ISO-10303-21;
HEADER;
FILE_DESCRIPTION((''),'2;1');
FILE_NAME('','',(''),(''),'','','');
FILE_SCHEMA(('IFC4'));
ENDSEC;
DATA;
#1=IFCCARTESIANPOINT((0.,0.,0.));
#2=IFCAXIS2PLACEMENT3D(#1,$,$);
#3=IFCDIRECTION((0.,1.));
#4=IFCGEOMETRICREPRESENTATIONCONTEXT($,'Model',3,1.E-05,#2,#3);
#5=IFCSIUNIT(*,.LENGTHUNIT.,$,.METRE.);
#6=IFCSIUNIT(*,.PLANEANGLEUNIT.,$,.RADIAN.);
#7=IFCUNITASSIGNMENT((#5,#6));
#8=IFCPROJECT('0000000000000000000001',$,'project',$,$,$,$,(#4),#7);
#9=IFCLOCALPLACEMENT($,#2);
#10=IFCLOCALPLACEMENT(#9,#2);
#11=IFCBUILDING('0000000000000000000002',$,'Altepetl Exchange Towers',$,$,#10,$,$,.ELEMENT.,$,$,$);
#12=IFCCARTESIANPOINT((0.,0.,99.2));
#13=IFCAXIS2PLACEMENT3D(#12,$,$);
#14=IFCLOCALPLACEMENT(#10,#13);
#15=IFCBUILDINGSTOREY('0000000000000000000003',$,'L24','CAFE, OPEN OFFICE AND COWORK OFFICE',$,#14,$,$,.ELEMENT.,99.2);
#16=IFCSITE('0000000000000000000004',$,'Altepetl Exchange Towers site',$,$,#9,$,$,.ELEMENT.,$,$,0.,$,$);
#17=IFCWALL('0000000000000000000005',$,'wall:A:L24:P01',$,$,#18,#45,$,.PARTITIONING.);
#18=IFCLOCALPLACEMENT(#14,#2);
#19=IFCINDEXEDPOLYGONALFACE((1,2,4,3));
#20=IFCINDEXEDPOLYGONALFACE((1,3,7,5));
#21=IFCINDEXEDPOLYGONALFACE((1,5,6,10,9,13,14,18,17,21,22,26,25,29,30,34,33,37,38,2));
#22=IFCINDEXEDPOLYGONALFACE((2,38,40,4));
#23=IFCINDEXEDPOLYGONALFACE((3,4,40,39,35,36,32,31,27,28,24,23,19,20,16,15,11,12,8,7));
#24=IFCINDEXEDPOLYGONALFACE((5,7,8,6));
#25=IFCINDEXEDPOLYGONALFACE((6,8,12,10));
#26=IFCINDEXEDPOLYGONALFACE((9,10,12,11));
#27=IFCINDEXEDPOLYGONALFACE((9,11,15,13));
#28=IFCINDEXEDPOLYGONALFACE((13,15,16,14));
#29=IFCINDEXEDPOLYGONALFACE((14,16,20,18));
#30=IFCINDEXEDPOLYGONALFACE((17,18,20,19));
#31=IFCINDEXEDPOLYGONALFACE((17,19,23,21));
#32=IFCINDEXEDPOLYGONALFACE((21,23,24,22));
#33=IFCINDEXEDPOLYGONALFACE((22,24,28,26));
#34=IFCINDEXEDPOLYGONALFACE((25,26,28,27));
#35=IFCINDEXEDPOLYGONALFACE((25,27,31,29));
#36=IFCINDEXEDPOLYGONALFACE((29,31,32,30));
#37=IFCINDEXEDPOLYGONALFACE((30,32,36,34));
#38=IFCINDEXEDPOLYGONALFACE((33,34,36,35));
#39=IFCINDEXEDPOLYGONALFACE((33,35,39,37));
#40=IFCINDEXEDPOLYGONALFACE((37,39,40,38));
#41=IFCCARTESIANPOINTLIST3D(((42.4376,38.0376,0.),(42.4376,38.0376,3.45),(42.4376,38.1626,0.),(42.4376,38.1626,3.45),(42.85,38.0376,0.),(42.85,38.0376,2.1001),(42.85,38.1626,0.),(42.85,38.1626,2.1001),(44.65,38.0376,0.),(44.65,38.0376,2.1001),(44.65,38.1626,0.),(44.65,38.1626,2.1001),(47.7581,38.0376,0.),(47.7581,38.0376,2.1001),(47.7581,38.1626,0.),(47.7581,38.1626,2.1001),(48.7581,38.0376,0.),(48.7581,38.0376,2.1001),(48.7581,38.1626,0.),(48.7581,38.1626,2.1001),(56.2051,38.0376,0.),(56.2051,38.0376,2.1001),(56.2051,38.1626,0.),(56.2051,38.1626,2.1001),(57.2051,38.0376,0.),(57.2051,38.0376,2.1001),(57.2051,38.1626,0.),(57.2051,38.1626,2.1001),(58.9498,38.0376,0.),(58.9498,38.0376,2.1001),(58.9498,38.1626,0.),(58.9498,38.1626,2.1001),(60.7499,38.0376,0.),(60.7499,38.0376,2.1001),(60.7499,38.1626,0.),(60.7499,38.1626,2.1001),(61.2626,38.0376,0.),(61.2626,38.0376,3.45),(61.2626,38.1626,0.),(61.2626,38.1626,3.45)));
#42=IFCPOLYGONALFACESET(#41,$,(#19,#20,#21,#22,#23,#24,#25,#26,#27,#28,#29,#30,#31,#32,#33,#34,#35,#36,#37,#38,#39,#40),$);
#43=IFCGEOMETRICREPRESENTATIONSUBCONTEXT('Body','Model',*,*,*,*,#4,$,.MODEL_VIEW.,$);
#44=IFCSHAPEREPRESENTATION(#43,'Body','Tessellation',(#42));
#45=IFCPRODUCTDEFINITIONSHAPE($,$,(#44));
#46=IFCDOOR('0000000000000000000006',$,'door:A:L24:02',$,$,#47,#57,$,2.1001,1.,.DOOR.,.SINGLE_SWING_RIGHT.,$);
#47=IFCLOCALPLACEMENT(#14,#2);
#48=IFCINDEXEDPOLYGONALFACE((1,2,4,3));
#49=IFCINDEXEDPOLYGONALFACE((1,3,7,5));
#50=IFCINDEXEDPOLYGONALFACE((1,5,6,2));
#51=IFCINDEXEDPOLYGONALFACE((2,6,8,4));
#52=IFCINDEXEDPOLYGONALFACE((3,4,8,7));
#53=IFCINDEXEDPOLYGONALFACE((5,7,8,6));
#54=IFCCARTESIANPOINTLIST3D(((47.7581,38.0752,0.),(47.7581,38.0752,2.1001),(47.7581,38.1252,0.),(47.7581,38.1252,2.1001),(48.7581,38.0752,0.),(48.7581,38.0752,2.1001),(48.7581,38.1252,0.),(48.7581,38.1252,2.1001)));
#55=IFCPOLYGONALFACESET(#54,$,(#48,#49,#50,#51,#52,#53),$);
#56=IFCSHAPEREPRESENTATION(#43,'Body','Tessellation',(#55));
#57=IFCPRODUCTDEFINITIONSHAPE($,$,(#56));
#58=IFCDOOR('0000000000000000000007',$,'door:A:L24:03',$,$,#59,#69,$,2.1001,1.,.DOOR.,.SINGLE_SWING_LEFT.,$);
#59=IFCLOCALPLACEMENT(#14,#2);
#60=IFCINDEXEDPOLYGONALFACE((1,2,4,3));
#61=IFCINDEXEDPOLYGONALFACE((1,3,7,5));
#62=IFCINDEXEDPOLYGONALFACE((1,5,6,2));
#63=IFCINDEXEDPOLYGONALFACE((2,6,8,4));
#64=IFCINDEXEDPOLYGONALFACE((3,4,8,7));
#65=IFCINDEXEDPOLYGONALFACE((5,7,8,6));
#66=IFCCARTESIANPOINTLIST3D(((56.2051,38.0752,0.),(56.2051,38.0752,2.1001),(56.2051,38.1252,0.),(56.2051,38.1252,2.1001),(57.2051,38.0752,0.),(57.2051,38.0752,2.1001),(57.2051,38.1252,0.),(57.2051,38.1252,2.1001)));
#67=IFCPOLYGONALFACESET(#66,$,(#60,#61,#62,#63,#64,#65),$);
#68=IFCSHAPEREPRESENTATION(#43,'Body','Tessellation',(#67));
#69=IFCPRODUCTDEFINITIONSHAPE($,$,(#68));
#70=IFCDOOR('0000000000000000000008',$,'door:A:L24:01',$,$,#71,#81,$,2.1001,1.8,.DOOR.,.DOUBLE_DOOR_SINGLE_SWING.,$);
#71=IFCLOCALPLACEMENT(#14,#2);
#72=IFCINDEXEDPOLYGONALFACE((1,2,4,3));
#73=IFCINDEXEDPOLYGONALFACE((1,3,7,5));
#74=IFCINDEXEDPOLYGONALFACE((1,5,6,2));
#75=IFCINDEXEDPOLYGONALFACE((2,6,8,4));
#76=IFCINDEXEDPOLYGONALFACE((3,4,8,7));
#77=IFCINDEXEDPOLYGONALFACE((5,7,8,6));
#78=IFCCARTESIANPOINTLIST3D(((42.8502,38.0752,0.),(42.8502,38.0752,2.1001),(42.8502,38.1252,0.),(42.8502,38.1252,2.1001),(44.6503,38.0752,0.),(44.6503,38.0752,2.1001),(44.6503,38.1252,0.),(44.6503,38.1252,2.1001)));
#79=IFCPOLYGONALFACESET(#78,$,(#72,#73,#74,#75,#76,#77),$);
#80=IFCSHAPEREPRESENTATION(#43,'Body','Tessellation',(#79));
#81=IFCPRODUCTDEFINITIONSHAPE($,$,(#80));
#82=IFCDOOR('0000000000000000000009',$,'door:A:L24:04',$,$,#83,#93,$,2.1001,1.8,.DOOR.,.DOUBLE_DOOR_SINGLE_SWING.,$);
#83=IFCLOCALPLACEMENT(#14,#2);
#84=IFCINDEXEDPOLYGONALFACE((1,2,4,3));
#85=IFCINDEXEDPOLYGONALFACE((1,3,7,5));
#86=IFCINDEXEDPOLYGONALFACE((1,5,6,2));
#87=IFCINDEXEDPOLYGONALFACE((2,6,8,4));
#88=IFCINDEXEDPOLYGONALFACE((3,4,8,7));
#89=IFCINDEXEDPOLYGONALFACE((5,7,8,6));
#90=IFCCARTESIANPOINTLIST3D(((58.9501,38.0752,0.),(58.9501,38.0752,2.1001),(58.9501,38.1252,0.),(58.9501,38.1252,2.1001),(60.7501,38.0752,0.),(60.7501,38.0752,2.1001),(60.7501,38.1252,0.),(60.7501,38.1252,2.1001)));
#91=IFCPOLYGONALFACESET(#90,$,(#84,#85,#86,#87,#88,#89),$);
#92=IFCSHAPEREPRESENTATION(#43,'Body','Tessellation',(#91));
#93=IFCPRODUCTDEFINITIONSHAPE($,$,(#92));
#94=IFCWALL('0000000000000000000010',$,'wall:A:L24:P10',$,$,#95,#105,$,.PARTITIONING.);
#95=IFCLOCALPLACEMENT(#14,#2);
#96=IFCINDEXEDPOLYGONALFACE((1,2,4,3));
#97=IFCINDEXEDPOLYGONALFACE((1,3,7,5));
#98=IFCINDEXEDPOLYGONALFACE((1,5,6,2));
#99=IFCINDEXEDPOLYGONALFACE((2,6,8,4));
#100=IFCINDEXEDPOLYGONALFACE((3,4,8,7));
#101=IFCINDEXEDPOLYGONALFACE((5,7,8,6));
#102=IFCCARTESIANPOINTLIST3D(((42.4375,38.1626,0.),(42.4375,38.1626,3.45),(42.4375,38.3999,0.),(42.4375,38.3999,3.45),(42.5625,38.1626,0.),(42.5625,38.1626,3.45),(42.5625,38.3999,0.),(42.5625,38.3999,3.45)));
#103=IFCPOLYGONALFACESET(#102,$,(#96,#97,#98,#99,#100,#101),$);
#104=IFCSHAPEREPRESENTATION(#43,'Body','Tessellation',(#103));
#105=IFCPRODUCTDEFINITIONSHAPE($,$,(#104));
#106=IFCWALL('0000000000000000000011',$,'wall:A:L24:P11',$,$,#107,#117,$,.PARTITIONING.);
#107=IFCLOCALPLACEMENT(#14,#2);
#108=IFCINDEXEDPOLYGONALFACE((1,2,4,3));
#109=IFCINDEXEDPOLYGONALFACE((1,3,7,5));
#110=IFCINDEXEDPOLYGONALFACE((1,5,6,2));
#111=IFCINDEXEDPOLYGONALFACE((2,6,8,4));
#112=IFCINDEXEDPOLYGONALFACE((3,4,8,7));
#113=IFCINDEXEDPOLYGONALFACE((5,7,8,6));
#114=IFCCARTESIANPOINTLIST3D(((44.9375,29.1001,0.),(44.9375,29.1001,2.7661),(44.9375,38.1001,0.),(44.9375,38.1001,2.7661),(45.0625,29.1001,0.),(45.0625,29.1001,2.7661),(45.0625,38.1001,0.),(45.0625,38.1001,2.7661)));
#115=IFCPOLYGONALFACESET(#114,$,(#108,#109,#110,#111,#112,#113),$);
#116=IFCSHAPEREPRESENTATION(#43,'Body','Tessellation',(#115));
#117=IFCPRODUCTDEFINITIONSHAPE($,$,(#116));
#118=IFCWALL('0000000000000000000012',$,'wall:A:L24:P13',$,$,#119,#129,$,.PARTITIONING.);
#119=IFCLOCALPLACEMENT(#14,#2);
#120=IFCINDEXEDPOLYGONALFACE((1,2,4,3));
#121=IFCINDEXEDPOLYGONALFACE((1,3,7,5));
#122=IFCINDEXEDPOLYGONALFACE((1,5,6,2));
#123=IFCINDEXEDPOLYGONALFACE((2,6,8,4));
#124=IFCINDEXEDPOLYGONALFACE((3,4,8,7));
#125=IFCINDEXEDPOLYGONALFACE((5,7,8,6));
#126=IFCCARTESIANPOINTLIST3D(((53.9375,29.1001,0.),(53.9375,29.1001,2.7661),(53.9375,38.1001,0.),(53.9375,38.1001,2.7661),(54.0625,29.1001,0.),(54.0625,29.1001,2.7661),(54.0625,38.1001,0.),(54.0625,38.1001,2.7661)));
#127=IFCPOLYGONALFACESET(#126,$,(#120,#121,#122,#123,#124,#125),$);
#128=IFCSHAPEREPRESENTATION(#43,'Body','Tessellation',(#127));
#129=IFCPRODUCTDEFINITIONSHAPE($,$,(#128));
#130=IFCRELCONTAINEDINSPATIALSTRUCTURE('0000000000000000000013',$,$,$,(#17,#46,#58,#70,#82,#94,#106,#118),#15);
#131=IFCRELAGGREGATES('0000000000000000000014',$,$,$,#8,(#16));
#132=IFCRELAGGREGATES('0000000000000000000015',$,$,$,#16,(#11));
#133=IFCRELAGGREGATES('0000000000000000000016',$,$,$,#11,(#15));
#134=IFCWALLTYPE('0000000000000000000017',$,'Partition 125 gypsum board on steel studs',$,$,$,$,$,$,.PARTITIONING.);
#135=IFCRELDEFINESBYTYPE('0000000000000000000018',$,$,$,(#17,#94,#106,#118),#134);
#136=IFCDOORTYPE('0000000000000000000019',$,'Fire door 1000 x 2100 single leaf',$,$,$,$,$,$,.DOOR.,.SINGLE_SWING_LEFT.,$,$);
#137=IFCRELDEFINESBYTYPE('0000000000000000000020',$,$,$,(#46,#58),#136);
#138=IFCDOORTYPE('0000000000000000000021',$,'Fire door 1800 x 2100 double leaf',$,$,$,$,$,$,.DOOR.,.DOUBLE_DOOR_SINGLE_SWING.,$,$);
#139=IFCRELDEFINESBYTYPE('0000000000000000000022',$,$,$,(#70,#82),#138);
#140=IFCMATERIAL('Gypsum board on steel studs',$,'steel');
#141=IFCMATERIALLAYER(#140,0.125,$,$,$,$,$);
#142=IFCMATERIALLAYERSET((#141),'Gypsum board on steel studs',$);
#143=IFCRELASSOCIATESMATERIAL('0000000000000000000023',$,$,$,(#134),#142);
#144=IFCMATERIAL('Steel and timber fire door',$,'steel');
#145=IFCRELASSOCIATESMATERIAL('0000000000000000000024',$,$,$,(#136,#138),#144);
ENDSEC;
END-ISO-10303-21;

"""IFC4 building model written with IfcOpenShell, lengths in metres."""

from ifc_helpers import new_model, si_unit, direction, frame, frame_2d, origin, place, context, subcontext, project, spatial, rectangle, extrude, material, layer, layer_set, type_object, element, fill, save


model = new_model("IFC4")

# Units and contexts
model_context = context("Model", 3, precision=1e-05, world=origin(), true_north=direction((0.0, 1.0)))
body_context = subcontext(model_context, "Body", "Model", "MODEL_VIEW")
ifc_project = project(units=[si_unit("LENGTHUNIT", "METRE"), si_unit("PLANEANGLEUNIT", "RADIAN")], contexts=[model_context])

# Site, building, storey
site_placement = place(None, origin())
site = spatial("IfcSite", under=ifc_project, at=site_placement, Name="Altepetl Exchange Towers site", CompositionType="ELEMENT", RefElevation=0.0)
building_placement = place(site_placement, origin())
building = spatial("IfcBuilding", under=site, at=building_placement, Name="Altepetl Exchange Towers", CompositionType="ELEMENT")
storey_placement = place(building_placement, frame((0.0, 0.0, 99.2)))
storey = spatial("IfcBuildingStorey", under=building, at=storey_placement, Name="L24", Description="CAFE, OPEN OFFICE AND COWORK OFFICE", CompositionType="ELEMENT", Elevation=99.2)

# Wall, openings, doors
ifc_material_1 = material(Name="Gypsum board on steel studs", Category="steel")
ifc_layer_1 = layer(ifc_material_1, 0.125)
ifc_layer_set_1 = layer_set([ifc_layer_1], Name="Gypsum board on steel studs")
wall_type_1 = type_object("IfcWallType", Name="Partition 125 gypsum board on steel studs", PredefinedType="PARTITIONING", material=ifc_layer_set_1)
wall_1_placement = place(storey_placement, frame((42.4375, 38.1001, 0.0)))
wall_1 = element("IfcWall", 1, at=wall_1_placement, inside=storey, type_object=wall_type_1, Name="wall:A:L24:P01", PredefinedType="PARTITIONING", context=body_context, shape_type="SweptSolid", body=[
    extrude(rectangle(XDim=18.825, YDim=0.125, at=frame_2d((9.4126, 0.0))), origin(), (0.0, 0.0, 1.0), 3.45),
])
opening_1_placement = place(wall_1_placement, frame((0.4126, 0.0, 0.0)))
opening_1 = element("IfcOpeningElement", 2, at=opening_1_placement, cuts=wall_1, PredefinedType="OPENING", context=body_context, shape_type="SweptSolid", body=[
    extrude(rectangle(XDim=1.8, YDim=2.1001, at=frame_2d((0.8999, 1.05))), frame((0.0, 0.0725, 0.0), z_axis=(0.0, -1.0, 0.0), x_axis=(1.0, 0.0, 0.0)), (0.0, 0.0, 1.0), 0.145),
])
opening_2_placement = place(wall_1_placement, frame((5.3206, 0.0, 0.0)))
opening_2 = element("IfcOpeningElement", 3, at=opening_2_placement, cuts=wall_1, PredefinedType="OPENING", context=body_context, shape_type="SweptSolid", body=[
    extrude(rectangle(XDim=1.0, YDim=2.1001, at=frame_2d((0.5, 1.05))), frame((0.0, 0.0725, 0.0), z_axis=(0.0, -1.0, 0.0), x_axis=(1.0, 0.0, 0.0)), (0.0, 0.0, 1.0), 0.145),
])
opening_3_placement = place(wall_1_placement, frame((13.7676, 0.0, 0.0)))
opening_3 = element("IfcOpeningElement", 4, at=opening_3_placement, cuts=wall_1, PredefinedType="OPENING", context=body_context, shape_type="SweptSolid", body=[
    extrude(rectangle(XDim=1.0, YDim=2.1001, at=frame_2d((0.5, 1.05))), frame((0.0, 0.0725, 0.0), z_axis=(0.0, -1.0, 0.0), x_axis=(1.0, 0.0, 0.0)), (0.0, 0.0, 1.0), 0.145),
])
opening_4_placement = place(wall_1_placement, frame((16.5125, 0.0, 0.0)))
opening_4 = element("IfcOpeningElement", 5, at=opening_4_placement, cuts=wall_1, PredefinedType="OPENING", context=body_context, shape_type="SweptSolid", body=[
    extrude(rectangle(XDim=1.8, YDim=2.1001, at=frame_2d((0.8999, 1.05))), frame((0.0, 0.0725, 0.0), z_axis=(0.0, -1.0, 0.0), x_axis=(1.0, 0.0, 0.0)), (0.0, 0.0, 1.0), 0.145),
])
ifc_material_2 = material(Name="Steel and timber fire door", Category="steel")
door_type_1 = type_object("IfcDoorType", Name="Fire door 1000 x 2100 single leaf", OperationType="SINGLE_SWING_LEFT", PredefinedType="DOOR", material=ifc_material_2)
door_1_placement = place(opening_2_placement, frame((1.0, 0.0, 0.0), x_axis=(-1.0, 0.0, 0.0)))
door_1 = element("IfcDoor", 6, at=door_1_placement, inside=storey, type_object=door_type_1, Name="door:A:L24:02", OperationType="SINGLE_SWING_RIGHT", OverallHeight=2.1001, OverallWidth=1.0, PredefinedType="DOOR", context=body_context, shape_type="SweptSolid", body=[
    extrude(rectangle(XDim=1.0, YDim=2.1001, at=frame_2d((0.5, 1.05))), frame((0.0, 0.0249, 0.0), z_axis=(0.0, -1.0, 0.0), x_axis=(1.0, 0.0, 0.0)), (0.0, 0.0, 1.0), 0.05),
])
fill(opening_2, door_1)
door_2_placement = place(opening_3_placement, frame((1.0, 0.0, 0.0), x_axis=(-1.0, 0.0, 0.0)))
door_2 = element("IfcDoor", 7, at=door_2_placement, inside=storey, type_object=door_type_1, Name="door:A:L24:03", OperationType="SINGLE_SWING_LEFT", OverallHeight=2.1001, OverallWidth=1.0, PredefinedType="DOOR", context=body_context, shape_type="SweptSolid", body=[
    extrude(rectangle(XDim=1.0, YDim=2.1001, at=frame_2d((0.5, 1.05))), frame((0.0, 0.0249, 0.0), z_axis=(0.0, -1.0, 0.0), x_axis=(1.0, 0.0, 0.0)), (0.0, 0.0, 1.0), 0.05),
])
fill(opening_3, door_2)
door_type_2 = type_object("IfcDoorType", Name="Fire door 1800 x 2100 double leaf", OperationType="DOUBLE_DOOR_SINGLE_SWING", PredefinedType="DOOR", material=ifc_material_2)
door_3_placement = place(opening_1_placement, frame((1.8, 0.0, 0.0), x_axis=(-1.0, 0.0, 0.0)))
door_3 = element("IfcDoor", 8, at=door_3_placement, inside=storey, type_object=door_type_2, Name="door:A:L24:01", OperationType="DOUBLE_DOOR_SINGLE_SWING", OverallHeight=2.1001, OverallWidth=1.8, PredefinedType="DOOR", context=body_context, shape_type="SweptSolid", body=[
    extrude(rectangle(XDim=1.8, YDim=2.1001, at=frame_2d((0.8999, 1.05))), frame((0.0, 0.0249, 0.0), z_axis=(0.0, -1.0, 0.0), x_axis=(1.0, 0.0, 0.0)), (0.0, 0.0, 1.0), 0.05),
])
fill(opening_1, door_3)
door_4_placement = place(opening_4_placement, frame((1.8, 0.0, 0.0), x_axis=(-1.0, 0.0, 0.0)))
door_4 = element("IfcDoor", 9, at=door_4_placement, inside=storey, type_object=door_type_2, Name="door:A:L24:04", OperationType="DOUBLE_DOOR_SINGLE_SWING", OverallHeight=2.1001, OverallWidth=1.8, PredefinedType="DOOR", context=body_context, shape_type="SweptSolid", body=[
    extrude(rectangle(XDim=1.8, YDim=2.1001, at=frame_2d((0.8999, 1.05))), frame((0.0, 0.0249, 0.0), z_axis=(0.0, -1.0, 0.0), x_axis=(1.0, 0.0, 0.0)), (0.0, 0.0, 1.0), 0.05),
])
fill(opening_4, door_4)

# Walls
wall_2_placement = place(storey_placement, frame((42.5, 38.1626, 0.0), z_axis=(0.0, 0.0, 1.0), x_axis=(0.0, 1.0, 0.0)))
element("IfcWall", 10, at=wall_2_placement, inside=storey, type_object=wall_type_1, Name="wall:A:L24:P10", PredefinedType="PARTITIONING", context=body_context, shape_type="SweptSolid", body=[
    extrude(rectangle(XDim=0.2373, YDim=0.125, at=frame_2d((0.1187, 0.0))), origin(), (0.0, 0.0, 1.0), 3.45),
])
for number, where, z_axis, x_axis, name in (
    (11, (45.0, 29.1001, 0.0), (0.0, 0.0, 1.0), (0.0, 1.0, 0.0), "wall:A:L24:P11"),
    (12, (54.0, 29.1001, 0.0), (0.0, 0.0, 1.0), (0.0, 1.0, 0.0), "wall:A:L24:P13"),
):
    element("IfcWall", number, at=place(storey_placement, frame(where, z_axis=z_axis, x_axis=x_axis)), inside=storey, type_object=wall_type_1, Name=name, PredefinedType="PARTITIONING", context=body_context, shape_type="SweptSolid", body=[
        extrude(rectangle(XDim=9.0, YDim=0.125, at=frame_2d((4.5, 0.0))), origin(), (0.0, 0.0, 1.0), 2.7661),
    ])

save(model, "model.ifc")
